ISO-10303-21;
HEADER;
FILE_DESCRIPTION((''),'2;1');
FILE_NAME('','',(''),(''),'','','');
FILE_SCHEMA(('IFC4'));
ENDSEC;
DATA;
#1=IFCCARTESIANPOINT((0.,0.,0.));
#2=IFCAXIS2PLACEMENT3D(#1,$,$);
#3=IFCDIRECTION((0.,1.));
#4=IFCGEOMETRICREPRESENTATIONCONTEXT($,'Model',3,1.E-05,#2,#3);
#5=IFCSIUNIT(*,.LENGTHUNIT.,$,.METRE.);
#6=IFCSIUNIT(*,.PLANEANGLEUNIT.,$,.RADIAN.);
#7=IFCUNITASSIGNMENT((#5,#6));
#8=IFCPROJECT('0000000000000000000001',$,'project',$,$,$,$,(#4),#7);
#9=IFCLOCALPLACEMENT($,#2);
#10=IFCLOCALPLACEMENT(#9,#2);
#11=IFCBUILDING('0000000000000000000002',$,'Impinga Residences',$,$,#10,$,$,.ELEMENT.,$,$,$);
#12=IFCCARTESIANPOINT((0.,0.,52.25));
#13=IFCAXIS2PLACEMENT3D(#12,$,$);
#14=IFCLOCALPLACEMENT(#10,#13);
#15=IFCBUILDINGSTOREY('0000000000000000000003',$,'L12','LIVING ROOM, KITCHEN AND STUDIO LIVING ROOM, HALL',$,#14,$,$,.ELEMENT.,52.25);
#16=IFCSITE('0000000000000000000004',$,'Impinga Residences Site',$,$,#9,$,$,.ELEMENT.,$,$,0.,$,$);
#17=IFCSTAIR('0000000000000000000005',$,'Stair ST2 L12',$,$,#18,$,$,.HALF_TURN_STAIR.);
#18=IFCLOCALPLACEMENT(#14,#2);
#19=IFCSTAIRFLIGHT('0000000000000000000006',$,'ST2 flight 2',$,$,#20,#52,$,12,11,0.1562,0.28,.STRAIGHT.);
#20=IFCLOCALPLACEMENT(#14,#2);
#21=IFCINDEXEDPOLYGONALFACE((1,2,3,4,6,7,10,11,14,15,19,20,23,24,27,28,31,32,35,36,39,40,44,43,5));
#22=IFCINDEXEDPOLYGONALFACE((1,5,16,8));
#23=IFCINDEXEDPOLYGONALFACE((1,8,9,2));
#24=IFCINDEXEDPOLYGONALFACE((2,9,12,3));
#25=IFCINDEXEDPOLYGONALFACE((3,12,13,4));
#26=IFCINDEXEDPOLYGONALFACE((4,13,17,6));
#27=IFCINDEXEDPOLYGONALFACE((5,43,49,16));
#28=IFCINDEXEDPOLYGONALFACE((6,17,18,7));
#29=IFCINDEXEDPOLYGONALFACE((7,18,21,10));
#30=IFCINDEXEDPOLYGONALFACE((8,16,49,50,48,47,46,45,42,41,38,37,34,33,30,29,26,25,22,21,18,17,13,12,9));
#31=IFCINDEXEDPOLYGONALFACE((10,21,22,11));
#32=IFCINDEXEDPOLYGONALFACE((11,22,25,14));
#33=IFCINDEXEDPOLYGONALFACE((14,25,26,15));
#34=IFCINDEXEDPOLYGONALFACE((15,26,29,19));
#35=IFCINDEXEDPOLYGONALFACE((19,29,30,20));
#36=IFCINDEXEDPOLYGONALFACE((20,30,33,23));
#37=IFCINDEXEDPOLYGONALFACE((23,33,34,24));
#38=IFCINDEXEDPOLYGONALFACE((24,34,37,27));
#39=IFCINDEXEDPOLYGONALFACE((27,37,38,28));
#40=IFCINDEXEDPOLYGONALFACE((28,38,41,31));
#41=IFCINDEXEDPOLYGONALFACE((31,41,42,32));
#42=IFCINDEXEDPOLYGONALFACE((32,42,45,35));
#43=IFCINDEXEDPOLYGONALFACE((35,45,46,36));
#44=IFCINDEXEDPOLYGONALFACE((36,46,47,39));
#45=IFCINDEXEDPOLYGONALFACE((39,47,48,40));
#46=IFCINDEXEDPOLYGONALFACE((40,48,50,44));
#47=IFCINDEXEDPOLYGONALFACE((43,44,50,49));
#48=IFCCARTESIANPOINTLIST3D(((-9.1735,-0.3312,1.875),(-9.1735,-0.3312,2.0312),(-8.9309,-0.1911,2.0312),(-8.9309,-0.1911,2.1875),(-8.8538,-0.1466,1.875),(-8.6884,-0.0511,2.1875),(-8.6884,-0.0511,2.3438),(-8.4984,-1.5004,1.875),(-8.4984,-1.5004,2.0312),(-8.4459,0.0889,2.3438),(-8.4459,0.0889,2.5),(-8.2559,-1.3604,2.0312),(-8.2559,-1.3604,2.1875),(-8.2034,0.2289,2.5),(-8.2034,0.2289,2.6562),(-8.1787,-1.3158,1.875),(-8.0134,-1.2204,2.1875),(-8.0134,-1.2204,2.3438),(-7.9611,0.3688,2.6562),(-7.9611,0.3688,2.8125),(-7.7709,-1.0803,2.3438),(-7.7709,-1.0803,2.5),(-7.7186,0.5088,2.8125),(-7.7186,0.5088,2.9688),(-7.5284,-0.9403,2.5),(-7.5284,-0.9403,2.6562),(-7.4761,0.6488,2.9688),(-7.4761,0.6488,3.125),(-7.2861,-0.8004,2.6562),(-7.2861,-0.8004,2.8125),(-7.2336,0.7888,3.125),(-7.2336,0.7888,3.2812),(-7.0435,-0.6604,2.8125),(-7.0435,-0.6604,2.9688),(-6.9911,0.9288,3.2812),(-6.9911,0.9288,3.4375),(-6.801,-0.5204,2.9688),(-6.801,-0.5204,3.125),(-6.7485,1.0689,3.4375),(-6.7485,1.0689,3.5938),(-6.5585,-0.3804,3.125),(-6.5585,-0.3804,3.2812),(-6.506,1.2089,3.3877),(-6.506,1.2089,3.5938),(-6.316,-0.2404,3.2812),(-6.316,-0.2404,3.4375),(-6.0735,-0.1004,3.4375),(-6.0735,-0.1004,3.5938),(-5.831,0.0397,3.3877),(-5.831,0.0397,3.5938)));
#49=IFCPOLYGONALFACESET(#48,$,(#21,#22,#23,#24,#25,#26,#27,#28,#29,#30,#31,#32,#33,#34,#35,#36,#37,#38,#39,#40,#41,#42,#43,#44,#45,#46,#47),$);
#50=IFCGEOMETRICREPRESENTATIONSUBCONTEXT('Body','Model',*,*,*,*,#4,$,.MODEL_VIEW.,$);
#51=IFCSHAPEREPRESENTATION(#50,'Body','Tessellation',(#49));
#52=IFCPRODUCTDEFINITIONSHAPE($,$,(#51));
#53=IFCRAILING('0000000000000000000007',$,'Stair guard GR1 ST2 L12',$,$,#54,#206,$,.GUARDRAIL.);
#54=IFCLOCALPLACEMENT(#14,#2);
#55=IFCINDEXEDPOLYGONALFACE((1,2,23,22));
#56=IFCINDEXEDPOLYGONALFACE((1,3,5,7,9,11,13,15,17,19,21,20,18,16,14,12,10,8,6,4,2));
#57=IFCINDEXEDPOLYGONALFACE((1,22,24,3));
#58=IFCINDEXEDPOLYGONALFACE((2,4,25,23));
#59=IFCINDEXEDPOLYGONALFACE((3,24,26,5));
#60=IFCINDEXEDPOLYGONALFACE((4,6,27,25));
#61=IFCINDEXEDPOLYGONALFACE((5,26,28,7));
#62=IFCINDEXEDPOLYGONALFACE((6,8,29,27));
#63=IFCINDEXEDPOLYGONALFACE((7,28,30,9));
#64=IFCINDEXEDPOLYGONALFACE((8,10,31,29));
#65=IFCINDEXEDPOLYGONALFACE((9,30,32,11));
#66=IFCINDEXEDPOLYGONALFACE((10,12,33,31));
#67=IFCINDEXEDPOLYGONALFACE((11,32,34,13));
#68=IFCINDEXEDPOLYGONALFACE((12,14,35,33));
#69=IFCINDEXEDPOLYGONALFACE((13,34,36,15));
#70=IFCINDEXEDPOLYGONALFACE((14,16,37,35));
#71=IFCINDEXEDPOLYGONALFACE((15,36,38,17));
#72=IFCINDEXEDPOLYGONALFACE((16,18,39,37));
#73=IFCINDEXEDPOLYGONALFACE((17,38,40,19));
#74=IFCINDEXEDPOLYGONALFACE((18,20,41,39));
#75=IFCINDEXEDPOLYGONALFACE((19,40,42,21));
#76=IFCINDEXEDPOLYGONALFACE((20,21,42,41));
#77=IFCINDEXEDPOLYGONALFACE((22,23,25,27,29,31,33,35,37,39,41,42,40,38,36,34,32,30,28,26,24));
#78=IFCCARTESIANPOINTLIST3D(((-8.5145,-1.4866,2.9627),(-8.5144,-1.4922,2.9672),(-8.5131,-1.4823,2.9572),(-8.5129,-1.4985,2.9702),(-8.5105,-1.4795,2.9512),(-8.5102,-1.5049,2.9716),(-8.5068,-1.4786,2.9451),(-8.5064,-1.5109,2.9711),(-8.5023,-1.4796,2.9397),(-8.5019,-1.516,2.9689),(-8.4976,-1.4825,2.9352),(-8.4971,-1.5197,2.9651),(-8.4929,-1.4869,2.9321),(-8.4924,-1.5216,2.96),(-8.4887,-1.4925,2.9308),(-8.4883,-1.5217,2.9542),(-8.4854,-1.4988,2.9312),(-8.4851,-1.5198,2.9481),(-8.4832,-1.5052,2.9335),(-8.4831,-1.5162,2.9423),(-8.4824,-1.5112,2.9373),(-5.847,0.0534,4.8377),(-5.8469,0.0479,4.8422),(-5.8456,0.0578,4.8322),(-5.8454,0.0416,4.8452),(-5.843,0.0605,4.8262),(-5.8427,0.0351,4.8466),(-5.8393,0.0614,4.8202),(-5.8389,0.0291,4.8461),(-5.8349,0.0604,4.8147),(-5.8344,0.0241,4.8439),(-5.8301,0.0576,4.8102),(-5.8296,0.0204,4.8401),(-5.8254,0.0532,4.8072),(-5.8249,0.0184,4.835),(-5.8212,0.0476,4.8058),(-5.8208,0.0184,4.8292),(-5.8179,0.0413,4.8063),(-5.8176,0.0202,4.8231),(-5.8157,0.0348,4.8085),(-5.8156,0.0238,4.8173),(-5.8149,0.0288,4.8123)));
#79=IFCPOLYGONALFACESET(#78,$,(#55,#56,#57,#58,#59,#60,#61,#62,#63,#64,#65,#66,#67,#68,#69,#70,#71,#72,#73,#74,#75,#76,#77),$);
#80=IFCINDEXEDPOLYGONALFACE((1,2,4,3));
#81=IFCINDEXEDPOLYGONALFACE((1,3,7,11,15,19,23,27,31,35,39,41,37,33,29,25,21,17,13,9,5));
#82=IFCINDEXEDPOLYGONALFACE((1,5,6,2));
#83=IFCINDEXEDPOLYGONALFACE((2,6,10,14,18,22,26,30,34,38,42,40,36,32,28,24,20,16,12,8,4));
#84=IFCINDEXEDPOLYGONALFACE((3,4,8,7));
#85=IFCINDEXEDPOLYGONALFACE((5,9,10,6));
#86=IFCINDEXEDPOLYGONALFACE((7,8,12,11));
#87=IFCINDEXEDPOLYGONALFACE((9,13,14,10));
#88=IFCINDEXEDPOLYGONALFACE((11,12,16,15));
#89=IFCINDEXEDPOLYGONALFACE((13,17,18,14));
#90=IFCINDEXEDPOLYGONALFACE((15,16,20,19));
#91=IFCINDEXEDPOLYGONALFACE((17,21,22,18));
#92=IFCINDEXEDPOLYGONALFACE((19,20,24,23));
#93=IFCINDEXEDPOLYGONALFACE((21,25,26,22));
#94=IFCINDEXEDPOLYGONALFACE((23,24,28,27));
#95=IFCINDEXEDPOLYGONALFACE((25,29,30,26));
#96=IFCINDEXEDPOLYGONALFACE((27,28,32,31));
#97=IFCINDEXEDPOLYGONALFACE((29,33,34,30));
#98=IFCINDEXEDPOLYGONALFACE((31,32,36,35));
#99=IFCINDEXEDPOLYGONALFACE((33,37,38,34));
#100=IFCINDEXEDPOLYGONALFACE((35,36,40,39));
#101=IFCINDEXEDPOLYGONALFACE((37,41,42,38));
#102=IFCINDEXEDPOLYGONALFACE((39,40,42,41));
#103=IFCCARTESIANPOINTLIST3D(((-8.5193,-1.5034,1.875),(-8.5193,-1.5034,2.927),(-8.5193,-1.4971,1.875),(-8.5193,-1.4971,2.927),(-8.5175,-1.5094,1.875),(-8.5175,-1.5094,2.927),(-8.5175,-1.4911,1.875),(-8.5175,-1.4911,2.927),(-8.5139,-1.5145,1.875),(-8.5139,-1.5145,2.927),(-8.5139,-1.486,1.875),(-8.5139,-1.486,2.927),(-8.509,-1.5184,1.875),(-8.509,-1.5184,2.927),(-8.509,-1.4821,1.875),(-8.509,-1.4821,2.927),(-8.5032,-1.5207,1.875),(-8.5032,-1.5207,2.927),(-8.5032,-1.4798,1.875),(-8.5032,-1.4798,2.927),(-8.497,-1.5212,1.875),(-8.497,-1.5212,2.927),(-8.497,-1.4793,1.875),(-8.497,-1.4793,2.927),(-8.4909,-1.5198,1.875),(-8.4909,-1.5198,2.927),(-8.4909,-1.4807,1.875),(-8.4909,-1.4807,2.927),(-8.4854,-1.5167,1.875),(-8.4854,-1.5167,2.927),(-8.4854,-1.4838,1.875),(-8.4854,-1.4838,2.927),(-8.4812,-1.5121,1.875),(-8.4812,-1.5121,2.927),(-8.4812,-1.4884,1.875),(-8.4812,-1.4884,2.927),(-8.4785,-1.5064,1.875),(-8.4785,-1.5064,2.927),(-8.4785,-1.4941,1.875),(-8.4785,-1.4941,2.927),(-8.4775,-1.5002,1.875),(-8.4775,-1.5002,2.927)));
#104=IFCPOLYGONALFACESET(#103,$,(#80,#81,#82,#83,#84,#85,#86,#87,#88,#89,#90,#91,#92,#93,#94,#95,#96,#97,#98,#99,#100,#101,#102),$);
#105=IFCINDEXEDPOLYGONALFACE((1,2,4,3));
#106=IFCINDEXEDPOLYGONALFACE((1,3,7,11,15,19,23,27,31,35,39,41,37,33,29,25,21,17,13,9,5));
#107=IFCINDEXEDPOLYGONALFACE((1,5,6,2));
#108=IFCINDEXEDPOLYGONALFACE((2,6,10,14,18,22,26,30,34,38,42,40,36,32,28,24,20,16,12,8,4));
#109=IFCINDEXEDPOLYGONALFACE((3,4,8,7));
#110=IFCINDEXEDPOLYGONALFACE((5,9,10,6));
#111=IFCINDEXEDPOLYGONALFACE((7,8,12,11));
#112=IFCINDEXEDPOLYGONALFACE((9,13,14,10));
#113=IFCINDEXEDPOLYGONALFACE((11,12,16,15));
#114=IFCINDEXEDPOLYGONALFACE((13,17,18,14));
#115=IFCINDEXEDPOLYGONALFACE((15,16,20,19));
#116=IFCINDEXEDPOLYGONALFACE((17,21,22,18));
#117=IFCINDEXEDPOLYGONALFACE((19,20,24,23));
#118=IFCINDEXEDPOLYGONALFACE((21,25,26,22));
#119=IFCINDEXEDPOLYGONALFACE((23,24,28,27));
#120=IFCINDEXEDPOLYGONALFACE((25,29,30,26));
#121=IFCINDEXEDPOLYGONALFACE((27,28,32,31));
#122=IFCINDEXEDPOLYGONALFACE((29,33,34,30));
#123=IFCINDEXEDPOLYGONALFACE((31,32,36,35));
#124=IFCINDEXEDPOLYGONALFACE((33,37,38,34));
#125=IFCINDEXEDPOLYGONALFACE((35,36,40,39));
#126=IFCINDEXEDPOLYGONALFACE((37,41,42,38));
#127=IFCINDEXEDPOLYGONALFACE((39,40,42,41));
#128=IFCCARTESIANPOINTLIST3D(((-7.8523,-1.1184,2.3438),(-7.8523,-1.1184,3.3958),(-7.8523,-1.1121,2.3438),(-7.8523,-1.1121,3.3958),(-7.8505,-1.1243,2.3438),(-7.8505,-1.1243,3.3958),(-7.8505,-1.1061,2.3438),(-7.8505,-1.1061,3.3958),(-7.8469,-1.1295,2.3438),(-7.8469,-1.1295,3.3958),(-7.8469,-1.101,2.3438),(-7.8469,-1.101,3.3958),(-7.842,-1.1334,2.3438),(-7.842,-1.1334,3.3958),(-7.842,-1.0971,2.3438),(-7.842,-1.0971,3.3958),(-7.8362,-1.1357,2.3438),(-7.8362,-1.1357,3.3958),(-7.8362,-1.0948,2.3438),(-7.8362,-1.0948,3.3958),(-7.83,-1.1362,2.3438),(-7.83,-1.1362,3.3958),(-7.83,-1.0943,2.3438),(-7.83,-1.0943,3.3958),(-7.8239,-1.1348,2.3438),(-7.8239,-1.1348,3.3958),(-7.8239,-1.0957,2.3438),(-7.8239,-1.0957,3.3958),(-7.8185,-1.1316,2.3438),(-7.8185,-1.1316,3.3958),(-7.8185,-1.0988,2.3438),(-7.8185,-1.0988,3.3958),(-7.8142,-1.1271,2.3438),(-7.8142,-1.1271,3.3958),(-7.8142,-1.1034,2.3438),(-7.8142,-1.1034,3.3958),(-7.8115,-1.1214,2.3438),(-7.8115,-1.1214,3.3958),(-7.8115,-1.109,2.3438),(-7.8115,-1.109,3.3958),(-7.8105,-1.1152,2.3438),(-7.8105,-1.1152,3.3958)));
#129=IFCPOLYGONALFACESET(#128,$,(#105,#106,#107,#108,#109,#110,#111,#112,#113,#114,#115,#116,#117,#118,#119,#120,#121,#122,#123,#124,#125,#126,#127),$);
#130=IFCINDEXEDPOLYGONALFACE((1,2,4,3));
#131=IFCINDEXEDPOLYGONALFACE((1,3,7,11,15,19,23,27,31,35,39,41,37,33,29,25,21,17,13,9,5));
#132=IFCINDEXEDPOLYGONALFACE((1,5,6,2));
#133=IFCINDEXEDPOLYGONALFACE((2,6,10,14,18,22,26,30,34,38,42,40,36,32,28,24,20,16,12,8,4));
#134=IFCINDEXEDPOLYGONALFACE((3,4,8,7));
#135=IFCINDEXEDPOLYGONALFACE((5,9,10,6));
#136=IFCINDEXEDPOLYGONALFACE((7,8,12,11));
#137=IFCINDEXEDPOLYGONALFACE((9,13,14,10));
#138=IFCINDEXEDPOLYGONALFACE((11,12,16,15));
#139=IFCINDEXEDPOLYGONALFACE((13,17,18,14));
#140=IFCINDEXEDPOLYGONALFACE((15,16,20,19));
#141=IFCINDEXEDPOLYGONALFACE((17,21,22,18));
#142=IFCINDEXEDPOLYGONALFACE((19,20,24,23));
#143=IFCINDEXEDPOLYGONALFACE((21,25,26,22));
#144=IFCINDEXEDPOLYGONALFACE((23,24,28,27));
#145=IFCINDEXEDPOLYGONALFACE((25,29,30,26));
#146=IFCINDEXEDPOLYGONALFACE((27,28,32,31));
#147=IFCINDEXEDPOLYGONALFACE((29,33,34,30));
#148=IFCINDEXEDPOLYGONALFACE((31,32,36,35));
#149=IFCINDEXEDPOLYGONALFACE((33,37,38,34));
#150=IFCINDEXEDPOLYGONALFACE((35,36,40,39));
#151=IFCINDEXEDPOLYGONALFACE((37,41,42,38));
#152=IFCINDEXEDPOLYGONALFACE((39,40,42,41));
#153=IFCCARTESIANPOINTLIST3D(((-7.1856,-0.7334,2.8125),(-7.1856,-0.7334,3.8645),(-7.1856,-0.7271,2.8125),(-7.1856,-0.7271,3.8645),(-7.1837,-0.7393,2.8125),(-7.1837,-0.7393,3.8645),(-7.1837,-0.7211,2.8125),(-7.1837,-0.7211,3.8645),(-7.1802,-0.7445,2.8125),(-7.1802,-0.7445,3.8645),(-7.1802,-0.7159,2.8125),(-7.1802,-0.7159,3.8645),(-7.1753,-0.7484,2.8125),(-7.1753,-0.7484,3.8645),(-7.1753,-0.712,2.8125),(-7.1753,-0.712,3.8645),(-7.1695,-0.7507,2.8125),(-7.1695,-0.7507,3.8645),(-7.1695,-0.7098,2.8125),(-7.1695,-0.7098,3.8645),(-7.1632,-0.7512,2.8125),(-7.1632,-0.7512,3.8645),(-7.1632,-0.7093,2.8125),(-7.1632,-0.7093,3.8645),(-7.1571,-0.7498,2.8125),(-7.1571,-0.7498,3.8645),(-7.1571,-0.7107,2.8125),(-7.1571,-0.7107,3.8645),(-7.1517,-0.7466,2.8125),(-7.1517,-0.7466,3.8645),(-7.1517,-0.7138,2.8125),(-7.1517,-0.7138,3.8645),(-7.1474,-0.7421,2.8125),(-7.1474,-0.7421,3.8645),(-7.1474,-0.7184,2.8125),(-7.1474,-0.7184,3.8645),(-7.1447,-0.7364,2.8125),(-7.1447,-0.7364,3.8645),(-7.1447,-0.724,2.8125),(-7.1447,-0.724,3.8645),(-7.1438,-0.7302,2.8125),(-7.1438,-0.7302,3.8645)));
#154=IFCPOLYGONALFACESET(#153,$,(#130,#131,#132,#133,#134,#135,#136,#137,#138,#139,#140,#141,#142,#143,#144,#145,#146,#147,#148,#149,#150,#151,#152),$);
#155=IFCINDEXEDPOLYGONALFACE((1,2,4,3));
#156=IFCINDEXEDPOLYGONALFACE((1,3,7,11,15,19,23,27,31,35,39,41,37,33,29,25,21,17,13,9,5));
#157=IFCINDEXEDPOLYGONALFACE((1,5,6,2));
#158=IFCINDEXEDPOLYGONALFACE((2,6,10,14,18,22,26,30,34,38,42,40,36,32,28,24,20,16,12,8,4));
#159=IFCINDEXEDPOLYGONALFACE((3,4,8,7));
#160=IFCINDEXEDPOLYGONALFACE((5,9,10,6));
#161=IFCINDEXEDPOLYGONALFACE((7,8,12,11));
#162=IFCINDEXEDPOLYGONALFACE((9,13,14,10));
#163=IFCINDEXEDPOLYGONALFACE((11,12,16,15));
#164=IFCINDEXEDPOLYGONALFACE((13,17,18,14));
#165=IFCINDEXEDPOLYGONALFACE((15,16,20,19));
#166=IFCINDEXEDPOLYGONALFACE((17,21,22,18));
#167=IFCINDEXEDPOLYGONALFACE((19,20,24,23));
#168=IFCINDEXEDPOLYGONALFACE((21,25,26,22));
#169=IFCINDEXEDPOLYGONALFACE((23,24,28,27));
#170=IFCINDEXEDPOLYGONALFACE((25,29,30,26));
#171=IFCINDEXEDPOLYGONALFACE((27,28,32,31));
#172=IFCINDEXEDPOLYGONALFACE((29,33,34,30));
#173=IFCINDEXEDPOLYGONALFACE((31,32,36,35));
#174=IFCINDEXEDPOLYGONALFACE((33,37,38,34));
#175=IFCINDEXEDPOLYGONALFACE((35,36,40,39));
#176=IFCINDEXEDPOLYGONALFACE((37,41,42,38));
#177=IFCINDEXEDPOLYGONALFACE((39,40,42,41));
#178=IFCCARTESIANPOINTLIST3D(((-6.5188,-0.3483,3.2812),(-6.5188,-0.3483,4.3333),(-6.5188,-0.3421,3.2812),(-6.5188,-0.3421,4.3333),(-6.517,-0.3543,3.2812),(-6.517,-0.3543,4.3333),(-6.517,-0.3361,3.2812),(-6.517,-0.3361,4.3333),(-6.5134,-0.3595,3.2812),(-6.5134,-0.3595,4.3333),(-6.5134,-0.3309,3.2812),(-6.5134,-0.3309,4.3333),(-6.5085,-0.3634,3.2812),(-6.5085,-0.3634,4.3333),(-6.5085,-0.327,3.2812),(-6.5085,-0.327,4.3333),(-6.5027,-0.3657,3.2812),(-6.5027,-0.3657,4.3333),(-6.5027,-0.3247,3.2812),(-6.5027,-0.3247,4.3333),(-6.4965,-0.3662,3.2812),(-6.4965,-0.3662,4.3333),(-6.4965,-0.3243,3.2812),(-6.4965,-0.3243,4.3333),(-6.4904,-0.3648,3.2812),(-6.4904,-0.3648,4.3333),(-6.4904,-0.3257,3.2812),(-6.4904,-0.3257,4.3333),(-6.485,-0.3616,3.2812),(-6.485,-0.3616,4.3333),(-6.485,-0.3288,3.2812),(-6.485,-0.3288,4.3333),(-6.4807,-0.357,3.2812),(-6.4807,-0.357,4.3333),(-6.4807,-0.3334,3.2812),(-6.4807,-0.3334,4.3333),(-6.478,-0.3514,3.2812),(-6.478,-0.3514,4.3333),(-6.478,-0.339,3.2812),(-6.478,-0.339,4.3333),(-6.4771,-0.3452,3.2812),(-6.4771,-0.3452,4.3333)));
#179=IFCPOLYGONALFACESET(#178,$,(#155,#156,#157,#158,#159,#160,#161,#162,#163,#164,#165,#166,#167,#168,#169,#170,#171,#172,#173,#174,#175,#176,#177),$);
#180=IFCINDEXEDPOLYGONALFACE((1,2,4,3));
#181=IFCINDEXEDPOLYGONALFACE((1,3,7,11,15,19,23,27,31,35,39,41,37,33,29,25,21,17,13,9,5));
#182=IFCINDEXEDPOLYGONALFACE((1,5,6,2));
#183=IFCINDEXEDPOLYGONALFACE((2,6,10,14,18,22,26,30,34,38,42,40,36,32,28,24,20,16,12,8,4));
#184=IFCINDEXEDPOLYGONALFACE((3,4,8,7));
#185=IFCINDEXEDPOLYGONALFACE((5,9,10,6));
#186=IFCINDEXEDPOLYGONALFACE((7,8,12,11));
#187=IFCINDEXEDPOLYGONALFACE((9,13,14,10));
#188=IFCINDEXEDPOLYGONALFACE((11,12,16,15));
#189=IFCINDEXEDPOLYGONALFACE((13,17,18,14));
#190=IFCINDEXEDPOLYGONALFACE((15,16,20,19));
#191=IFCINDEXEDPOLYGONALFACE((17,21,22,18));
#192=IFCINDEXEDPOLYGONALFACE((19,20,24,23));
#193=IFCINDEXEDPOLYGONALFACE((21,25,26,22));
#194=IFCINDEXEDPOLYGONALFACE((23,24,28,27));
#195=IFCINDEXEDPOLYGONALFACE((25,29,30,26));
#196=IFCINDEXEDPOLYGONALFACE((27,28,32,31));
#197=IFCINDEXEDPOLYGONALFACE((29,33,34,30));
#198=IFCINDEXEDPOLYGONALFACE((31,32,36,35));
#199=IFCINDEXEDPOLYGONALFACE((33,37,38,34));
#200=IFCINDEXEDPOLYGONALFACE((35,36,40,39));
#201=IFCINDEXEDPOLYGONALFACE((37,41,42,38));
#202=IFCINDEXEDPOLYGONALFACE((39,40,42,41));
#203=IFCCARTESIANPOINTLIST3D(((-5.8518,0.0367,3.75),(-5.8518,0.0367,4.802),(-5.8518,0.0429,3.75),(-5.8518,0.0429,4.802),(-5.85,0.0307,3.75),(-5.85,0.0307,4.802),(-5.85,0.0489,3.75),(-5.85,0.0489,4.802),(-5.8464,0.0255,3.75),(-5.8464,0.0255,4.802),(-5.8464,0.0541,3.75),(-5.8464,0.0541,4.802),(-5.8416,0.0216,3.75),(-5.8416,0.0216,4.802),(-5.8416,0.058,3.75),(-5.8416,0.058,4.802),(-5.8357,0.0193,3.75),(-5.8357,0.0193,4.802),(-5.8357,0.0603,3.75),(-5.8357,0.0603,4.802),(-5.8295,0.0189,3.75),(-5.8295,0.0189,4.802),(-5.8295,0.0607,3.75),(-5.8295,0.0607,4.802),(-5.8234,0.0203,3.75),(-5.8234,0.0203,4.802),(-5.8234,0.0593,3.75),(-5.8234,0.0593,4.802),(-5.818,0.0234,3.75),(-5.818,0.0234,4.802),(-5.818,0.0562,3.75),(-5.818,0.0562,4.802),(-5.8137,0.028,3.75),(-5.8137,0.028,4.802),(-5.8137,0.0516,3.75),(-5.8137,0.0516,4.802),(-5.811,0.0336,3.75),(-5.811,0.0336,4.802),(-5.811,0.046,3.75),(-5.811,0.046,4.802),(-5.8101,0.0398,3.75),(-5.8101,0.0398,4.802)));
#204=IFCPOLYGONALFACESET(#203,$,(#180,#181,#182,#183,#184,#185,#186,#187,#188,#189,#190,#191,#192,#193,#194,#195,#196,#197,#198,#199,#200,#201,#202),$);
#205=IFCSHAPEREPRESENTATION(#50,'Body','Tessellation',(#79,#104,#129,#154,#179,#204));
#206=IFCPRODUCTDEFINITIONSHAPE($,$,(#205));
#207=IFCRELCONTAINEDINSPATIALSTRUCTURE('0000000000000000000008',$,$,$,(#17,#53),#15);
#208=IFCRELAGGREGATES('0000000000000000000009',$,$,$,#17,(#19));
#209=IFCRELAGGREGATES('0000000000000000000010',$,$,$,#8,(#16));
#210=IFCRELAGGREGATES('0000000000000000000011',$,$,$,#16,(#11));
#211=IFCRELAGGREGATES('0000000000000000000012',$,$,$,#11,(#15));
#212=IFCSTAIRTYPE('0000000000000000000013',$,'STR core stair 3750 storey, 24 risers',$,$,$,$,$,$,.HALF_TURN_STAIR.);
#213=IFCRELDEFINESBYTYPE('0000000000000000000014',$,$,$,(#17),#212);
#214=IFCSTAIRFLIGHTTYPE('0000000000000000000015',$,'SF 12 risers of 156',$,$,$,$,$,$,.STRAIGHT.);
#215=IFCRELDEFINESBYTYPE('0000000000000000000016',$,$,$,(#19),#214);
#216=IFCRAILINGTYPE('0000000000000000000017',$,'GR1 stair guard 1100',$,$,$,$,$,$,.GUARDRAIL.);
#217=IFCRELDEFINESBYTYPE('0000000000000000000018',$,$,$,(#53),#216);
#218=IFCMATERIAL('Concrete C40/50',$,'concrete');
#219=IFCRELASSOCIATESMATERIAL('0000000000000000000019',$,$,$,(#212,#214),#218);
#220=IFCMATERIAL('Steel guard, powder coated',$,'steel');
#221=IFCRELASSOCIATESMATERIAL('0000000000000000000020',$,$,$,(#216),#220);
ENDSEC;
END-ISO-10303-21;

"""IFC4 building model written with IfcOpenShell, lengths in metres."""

from ifc_helpers import new_model, si_unit, direction, frame, origin, origin_2d, place, context, subcontext, project, spatial, polyline, circle, outline, extrude, material, type_object, element, aggregate, save


model = new_model("IFC4")

# Units and contexts
model_context = context("Model", 3, precision=1e-05, world=origin(), true_north=direction((0.0, 1.0)))
body_context = subcontext(model_context, "Body", "Model", "MODEL_VIEW")
ifc_project = project(units=[si_unit("LENGTHUNIT", "METRE"), si_unit("PLANEANGLEUNIT", "RADIAN")], contexts=[model_context])

# Site, building, storey
site_placement = place(None, origin())
site = spatial("IfcSite", under=ifc_project, at=site_placement, Name="Impinga Residences Site", CompositionType="ELEMENT", RefElevation=0.0)
building_placement = place(site_placement, origin())
building = spatial("IfcBuilding", under=site, at=building_placement, Name="Impinga Residences", CompositionType="ELEMENT")
storey_placement = place(building_placement, frame((0.0, 0.0, 52.25)))
storey = spatial("IfcBuildingStorey", under=building, at=storey_placement, Name="L12", Description="LIVING ROOM, KITCHEN AND STUDIO LIVING ROOM, HALL", CompositionType="ELEMENT", Elevation=52.25)

# Stair, stair flight
ifc_material_1 = material(Name="Concrete C40/50", Category="concrete")
stair_type = type_object("IfcStairType", Name="STR core stair 3750 storey, 24 risers", PredefinedType="HALF_TURN_STAIR", material=ifc_material_1)
stair_placement = place(storey_placement, origin())
stair = element("IfcStair", 1, at=stair_placement, inside=storey, type_object=stair_type, Name="Stair ST2 L12", PredefinedType="HALF_TURN_STAIR")
stair_flight_type = type_object("IfcStairFlightType", Name="SF 12 risers of 156", PredefinedType="STRAIGHT", material=ifc_material_1)
stair_flight_placement = place(storey_placement, frame((-8.8359, -0.9158, 1.875), z_axis=(0.0, 0.0, 1.0), x_axis=(0.866025, 0.5, 0.0)))
stair_flight = element("IfcStairFlight", 2, at=stair_flight_placement, type_object=stair_flight_type, Name="ST2 flight 2", NumberOfRisers=12, NumberOfTreads=11, PredefinedType="STRAIGHT", RiserHeight=0.1562, TreadLength=0.28, context=body_context, shape_type="SweptSolid", body=[
    extrude(outline(polyline([(0.0, 0.0), (0.0, 0.1562), (0.28, 0.1562), (0.28, 0.3125), (0.5601, 0.3125), (0.5601, 0.4688), (0.8401, 0.4688), (0.8401, 0.625), (1.1201, 0.625), (1.1201, 0.7812), (1.3999, 0.7812), (1.3999, 0.9375), (1.6799, 0.9375), (1.6799, 1.0938), (1.96, 1.0938), (1.96, 1.25), (2.24, 1.25), (2.24, 1.4062), (2.52, 1.4062), (2.52, 1.5625), (2.8, 1.5625), (2.8, 1.7188), (3.0801, 1.7188), (3.0801, 1.875), (3.0801, 1.5127), (0.3691, 0.0), (0.0, 0.0)])), frame((0.0, 0.675, 0.0), z_axis=(0.0, -1.0, 0.0), x_axis=(1.0, 0.0, 0.0)), (0.0, 0.0, 1.0), 1.3501),
])
aggregate(stair, [stair_flight])

# Railing
ifc_material_2 = material(Name="Steel guard, powder coated", Category="steel")
railing_type_1 = type_object("IfcRailingType", Name="GR1 stair guard 1100", PredefinedType="GUARDRAIL", material=ifc_material_2)
railing_1_placement = place(storey_placement, frame((-8.4985, -1.5002, 1.875)))
element("IfcRailing", 3, at=railing_1_placement, inside=storey, type_object=railing_type_1, Name="Stair guard GR1 ST2 L12", PredefinedType="GUARDRAIL", context=body_context, shape_type="SweptSolid", body=[
    extrude(circle(Radius=0.0239, at=origin_2d()), frame((0.0, 0.0, 1.0762), z_axis=(0.739746, 0.427084, 0.519975), x_axis=(-0.499992, 0.86603, 0.0)), (0.0, 0.0, 1.0), 3.606),
    extrude(circle(Radius=0.021, at=origin_2d()), origin(), (0.0, 0.0, 1.0), 1.052),
    extrude(circle(Radius=0.021, at=origin_2d()), frame((0.667, 0.385, 0.4688)), (0.0, 0.0, 1.0), 1.052),
    extrude(circle(Radius=0.021, at=origin_2d()), frame((1.3337, 0.77, 0.9375)), (0.0, 0.0, 1.0), 1.052),
    extrude(circle(Radius=0.021, at=origin_2d()), frame((2.0005, 1.155, 1.4062)), (0.0, 0.0, 1.0), 1.052),
    extrude(circle(Radius=0.021, at=origin_2d()), frame((2.6675, 1.54, 1.875)), (0.0, 0.0, 1.0), 1.052),
])

save(model, "model.ifc")
